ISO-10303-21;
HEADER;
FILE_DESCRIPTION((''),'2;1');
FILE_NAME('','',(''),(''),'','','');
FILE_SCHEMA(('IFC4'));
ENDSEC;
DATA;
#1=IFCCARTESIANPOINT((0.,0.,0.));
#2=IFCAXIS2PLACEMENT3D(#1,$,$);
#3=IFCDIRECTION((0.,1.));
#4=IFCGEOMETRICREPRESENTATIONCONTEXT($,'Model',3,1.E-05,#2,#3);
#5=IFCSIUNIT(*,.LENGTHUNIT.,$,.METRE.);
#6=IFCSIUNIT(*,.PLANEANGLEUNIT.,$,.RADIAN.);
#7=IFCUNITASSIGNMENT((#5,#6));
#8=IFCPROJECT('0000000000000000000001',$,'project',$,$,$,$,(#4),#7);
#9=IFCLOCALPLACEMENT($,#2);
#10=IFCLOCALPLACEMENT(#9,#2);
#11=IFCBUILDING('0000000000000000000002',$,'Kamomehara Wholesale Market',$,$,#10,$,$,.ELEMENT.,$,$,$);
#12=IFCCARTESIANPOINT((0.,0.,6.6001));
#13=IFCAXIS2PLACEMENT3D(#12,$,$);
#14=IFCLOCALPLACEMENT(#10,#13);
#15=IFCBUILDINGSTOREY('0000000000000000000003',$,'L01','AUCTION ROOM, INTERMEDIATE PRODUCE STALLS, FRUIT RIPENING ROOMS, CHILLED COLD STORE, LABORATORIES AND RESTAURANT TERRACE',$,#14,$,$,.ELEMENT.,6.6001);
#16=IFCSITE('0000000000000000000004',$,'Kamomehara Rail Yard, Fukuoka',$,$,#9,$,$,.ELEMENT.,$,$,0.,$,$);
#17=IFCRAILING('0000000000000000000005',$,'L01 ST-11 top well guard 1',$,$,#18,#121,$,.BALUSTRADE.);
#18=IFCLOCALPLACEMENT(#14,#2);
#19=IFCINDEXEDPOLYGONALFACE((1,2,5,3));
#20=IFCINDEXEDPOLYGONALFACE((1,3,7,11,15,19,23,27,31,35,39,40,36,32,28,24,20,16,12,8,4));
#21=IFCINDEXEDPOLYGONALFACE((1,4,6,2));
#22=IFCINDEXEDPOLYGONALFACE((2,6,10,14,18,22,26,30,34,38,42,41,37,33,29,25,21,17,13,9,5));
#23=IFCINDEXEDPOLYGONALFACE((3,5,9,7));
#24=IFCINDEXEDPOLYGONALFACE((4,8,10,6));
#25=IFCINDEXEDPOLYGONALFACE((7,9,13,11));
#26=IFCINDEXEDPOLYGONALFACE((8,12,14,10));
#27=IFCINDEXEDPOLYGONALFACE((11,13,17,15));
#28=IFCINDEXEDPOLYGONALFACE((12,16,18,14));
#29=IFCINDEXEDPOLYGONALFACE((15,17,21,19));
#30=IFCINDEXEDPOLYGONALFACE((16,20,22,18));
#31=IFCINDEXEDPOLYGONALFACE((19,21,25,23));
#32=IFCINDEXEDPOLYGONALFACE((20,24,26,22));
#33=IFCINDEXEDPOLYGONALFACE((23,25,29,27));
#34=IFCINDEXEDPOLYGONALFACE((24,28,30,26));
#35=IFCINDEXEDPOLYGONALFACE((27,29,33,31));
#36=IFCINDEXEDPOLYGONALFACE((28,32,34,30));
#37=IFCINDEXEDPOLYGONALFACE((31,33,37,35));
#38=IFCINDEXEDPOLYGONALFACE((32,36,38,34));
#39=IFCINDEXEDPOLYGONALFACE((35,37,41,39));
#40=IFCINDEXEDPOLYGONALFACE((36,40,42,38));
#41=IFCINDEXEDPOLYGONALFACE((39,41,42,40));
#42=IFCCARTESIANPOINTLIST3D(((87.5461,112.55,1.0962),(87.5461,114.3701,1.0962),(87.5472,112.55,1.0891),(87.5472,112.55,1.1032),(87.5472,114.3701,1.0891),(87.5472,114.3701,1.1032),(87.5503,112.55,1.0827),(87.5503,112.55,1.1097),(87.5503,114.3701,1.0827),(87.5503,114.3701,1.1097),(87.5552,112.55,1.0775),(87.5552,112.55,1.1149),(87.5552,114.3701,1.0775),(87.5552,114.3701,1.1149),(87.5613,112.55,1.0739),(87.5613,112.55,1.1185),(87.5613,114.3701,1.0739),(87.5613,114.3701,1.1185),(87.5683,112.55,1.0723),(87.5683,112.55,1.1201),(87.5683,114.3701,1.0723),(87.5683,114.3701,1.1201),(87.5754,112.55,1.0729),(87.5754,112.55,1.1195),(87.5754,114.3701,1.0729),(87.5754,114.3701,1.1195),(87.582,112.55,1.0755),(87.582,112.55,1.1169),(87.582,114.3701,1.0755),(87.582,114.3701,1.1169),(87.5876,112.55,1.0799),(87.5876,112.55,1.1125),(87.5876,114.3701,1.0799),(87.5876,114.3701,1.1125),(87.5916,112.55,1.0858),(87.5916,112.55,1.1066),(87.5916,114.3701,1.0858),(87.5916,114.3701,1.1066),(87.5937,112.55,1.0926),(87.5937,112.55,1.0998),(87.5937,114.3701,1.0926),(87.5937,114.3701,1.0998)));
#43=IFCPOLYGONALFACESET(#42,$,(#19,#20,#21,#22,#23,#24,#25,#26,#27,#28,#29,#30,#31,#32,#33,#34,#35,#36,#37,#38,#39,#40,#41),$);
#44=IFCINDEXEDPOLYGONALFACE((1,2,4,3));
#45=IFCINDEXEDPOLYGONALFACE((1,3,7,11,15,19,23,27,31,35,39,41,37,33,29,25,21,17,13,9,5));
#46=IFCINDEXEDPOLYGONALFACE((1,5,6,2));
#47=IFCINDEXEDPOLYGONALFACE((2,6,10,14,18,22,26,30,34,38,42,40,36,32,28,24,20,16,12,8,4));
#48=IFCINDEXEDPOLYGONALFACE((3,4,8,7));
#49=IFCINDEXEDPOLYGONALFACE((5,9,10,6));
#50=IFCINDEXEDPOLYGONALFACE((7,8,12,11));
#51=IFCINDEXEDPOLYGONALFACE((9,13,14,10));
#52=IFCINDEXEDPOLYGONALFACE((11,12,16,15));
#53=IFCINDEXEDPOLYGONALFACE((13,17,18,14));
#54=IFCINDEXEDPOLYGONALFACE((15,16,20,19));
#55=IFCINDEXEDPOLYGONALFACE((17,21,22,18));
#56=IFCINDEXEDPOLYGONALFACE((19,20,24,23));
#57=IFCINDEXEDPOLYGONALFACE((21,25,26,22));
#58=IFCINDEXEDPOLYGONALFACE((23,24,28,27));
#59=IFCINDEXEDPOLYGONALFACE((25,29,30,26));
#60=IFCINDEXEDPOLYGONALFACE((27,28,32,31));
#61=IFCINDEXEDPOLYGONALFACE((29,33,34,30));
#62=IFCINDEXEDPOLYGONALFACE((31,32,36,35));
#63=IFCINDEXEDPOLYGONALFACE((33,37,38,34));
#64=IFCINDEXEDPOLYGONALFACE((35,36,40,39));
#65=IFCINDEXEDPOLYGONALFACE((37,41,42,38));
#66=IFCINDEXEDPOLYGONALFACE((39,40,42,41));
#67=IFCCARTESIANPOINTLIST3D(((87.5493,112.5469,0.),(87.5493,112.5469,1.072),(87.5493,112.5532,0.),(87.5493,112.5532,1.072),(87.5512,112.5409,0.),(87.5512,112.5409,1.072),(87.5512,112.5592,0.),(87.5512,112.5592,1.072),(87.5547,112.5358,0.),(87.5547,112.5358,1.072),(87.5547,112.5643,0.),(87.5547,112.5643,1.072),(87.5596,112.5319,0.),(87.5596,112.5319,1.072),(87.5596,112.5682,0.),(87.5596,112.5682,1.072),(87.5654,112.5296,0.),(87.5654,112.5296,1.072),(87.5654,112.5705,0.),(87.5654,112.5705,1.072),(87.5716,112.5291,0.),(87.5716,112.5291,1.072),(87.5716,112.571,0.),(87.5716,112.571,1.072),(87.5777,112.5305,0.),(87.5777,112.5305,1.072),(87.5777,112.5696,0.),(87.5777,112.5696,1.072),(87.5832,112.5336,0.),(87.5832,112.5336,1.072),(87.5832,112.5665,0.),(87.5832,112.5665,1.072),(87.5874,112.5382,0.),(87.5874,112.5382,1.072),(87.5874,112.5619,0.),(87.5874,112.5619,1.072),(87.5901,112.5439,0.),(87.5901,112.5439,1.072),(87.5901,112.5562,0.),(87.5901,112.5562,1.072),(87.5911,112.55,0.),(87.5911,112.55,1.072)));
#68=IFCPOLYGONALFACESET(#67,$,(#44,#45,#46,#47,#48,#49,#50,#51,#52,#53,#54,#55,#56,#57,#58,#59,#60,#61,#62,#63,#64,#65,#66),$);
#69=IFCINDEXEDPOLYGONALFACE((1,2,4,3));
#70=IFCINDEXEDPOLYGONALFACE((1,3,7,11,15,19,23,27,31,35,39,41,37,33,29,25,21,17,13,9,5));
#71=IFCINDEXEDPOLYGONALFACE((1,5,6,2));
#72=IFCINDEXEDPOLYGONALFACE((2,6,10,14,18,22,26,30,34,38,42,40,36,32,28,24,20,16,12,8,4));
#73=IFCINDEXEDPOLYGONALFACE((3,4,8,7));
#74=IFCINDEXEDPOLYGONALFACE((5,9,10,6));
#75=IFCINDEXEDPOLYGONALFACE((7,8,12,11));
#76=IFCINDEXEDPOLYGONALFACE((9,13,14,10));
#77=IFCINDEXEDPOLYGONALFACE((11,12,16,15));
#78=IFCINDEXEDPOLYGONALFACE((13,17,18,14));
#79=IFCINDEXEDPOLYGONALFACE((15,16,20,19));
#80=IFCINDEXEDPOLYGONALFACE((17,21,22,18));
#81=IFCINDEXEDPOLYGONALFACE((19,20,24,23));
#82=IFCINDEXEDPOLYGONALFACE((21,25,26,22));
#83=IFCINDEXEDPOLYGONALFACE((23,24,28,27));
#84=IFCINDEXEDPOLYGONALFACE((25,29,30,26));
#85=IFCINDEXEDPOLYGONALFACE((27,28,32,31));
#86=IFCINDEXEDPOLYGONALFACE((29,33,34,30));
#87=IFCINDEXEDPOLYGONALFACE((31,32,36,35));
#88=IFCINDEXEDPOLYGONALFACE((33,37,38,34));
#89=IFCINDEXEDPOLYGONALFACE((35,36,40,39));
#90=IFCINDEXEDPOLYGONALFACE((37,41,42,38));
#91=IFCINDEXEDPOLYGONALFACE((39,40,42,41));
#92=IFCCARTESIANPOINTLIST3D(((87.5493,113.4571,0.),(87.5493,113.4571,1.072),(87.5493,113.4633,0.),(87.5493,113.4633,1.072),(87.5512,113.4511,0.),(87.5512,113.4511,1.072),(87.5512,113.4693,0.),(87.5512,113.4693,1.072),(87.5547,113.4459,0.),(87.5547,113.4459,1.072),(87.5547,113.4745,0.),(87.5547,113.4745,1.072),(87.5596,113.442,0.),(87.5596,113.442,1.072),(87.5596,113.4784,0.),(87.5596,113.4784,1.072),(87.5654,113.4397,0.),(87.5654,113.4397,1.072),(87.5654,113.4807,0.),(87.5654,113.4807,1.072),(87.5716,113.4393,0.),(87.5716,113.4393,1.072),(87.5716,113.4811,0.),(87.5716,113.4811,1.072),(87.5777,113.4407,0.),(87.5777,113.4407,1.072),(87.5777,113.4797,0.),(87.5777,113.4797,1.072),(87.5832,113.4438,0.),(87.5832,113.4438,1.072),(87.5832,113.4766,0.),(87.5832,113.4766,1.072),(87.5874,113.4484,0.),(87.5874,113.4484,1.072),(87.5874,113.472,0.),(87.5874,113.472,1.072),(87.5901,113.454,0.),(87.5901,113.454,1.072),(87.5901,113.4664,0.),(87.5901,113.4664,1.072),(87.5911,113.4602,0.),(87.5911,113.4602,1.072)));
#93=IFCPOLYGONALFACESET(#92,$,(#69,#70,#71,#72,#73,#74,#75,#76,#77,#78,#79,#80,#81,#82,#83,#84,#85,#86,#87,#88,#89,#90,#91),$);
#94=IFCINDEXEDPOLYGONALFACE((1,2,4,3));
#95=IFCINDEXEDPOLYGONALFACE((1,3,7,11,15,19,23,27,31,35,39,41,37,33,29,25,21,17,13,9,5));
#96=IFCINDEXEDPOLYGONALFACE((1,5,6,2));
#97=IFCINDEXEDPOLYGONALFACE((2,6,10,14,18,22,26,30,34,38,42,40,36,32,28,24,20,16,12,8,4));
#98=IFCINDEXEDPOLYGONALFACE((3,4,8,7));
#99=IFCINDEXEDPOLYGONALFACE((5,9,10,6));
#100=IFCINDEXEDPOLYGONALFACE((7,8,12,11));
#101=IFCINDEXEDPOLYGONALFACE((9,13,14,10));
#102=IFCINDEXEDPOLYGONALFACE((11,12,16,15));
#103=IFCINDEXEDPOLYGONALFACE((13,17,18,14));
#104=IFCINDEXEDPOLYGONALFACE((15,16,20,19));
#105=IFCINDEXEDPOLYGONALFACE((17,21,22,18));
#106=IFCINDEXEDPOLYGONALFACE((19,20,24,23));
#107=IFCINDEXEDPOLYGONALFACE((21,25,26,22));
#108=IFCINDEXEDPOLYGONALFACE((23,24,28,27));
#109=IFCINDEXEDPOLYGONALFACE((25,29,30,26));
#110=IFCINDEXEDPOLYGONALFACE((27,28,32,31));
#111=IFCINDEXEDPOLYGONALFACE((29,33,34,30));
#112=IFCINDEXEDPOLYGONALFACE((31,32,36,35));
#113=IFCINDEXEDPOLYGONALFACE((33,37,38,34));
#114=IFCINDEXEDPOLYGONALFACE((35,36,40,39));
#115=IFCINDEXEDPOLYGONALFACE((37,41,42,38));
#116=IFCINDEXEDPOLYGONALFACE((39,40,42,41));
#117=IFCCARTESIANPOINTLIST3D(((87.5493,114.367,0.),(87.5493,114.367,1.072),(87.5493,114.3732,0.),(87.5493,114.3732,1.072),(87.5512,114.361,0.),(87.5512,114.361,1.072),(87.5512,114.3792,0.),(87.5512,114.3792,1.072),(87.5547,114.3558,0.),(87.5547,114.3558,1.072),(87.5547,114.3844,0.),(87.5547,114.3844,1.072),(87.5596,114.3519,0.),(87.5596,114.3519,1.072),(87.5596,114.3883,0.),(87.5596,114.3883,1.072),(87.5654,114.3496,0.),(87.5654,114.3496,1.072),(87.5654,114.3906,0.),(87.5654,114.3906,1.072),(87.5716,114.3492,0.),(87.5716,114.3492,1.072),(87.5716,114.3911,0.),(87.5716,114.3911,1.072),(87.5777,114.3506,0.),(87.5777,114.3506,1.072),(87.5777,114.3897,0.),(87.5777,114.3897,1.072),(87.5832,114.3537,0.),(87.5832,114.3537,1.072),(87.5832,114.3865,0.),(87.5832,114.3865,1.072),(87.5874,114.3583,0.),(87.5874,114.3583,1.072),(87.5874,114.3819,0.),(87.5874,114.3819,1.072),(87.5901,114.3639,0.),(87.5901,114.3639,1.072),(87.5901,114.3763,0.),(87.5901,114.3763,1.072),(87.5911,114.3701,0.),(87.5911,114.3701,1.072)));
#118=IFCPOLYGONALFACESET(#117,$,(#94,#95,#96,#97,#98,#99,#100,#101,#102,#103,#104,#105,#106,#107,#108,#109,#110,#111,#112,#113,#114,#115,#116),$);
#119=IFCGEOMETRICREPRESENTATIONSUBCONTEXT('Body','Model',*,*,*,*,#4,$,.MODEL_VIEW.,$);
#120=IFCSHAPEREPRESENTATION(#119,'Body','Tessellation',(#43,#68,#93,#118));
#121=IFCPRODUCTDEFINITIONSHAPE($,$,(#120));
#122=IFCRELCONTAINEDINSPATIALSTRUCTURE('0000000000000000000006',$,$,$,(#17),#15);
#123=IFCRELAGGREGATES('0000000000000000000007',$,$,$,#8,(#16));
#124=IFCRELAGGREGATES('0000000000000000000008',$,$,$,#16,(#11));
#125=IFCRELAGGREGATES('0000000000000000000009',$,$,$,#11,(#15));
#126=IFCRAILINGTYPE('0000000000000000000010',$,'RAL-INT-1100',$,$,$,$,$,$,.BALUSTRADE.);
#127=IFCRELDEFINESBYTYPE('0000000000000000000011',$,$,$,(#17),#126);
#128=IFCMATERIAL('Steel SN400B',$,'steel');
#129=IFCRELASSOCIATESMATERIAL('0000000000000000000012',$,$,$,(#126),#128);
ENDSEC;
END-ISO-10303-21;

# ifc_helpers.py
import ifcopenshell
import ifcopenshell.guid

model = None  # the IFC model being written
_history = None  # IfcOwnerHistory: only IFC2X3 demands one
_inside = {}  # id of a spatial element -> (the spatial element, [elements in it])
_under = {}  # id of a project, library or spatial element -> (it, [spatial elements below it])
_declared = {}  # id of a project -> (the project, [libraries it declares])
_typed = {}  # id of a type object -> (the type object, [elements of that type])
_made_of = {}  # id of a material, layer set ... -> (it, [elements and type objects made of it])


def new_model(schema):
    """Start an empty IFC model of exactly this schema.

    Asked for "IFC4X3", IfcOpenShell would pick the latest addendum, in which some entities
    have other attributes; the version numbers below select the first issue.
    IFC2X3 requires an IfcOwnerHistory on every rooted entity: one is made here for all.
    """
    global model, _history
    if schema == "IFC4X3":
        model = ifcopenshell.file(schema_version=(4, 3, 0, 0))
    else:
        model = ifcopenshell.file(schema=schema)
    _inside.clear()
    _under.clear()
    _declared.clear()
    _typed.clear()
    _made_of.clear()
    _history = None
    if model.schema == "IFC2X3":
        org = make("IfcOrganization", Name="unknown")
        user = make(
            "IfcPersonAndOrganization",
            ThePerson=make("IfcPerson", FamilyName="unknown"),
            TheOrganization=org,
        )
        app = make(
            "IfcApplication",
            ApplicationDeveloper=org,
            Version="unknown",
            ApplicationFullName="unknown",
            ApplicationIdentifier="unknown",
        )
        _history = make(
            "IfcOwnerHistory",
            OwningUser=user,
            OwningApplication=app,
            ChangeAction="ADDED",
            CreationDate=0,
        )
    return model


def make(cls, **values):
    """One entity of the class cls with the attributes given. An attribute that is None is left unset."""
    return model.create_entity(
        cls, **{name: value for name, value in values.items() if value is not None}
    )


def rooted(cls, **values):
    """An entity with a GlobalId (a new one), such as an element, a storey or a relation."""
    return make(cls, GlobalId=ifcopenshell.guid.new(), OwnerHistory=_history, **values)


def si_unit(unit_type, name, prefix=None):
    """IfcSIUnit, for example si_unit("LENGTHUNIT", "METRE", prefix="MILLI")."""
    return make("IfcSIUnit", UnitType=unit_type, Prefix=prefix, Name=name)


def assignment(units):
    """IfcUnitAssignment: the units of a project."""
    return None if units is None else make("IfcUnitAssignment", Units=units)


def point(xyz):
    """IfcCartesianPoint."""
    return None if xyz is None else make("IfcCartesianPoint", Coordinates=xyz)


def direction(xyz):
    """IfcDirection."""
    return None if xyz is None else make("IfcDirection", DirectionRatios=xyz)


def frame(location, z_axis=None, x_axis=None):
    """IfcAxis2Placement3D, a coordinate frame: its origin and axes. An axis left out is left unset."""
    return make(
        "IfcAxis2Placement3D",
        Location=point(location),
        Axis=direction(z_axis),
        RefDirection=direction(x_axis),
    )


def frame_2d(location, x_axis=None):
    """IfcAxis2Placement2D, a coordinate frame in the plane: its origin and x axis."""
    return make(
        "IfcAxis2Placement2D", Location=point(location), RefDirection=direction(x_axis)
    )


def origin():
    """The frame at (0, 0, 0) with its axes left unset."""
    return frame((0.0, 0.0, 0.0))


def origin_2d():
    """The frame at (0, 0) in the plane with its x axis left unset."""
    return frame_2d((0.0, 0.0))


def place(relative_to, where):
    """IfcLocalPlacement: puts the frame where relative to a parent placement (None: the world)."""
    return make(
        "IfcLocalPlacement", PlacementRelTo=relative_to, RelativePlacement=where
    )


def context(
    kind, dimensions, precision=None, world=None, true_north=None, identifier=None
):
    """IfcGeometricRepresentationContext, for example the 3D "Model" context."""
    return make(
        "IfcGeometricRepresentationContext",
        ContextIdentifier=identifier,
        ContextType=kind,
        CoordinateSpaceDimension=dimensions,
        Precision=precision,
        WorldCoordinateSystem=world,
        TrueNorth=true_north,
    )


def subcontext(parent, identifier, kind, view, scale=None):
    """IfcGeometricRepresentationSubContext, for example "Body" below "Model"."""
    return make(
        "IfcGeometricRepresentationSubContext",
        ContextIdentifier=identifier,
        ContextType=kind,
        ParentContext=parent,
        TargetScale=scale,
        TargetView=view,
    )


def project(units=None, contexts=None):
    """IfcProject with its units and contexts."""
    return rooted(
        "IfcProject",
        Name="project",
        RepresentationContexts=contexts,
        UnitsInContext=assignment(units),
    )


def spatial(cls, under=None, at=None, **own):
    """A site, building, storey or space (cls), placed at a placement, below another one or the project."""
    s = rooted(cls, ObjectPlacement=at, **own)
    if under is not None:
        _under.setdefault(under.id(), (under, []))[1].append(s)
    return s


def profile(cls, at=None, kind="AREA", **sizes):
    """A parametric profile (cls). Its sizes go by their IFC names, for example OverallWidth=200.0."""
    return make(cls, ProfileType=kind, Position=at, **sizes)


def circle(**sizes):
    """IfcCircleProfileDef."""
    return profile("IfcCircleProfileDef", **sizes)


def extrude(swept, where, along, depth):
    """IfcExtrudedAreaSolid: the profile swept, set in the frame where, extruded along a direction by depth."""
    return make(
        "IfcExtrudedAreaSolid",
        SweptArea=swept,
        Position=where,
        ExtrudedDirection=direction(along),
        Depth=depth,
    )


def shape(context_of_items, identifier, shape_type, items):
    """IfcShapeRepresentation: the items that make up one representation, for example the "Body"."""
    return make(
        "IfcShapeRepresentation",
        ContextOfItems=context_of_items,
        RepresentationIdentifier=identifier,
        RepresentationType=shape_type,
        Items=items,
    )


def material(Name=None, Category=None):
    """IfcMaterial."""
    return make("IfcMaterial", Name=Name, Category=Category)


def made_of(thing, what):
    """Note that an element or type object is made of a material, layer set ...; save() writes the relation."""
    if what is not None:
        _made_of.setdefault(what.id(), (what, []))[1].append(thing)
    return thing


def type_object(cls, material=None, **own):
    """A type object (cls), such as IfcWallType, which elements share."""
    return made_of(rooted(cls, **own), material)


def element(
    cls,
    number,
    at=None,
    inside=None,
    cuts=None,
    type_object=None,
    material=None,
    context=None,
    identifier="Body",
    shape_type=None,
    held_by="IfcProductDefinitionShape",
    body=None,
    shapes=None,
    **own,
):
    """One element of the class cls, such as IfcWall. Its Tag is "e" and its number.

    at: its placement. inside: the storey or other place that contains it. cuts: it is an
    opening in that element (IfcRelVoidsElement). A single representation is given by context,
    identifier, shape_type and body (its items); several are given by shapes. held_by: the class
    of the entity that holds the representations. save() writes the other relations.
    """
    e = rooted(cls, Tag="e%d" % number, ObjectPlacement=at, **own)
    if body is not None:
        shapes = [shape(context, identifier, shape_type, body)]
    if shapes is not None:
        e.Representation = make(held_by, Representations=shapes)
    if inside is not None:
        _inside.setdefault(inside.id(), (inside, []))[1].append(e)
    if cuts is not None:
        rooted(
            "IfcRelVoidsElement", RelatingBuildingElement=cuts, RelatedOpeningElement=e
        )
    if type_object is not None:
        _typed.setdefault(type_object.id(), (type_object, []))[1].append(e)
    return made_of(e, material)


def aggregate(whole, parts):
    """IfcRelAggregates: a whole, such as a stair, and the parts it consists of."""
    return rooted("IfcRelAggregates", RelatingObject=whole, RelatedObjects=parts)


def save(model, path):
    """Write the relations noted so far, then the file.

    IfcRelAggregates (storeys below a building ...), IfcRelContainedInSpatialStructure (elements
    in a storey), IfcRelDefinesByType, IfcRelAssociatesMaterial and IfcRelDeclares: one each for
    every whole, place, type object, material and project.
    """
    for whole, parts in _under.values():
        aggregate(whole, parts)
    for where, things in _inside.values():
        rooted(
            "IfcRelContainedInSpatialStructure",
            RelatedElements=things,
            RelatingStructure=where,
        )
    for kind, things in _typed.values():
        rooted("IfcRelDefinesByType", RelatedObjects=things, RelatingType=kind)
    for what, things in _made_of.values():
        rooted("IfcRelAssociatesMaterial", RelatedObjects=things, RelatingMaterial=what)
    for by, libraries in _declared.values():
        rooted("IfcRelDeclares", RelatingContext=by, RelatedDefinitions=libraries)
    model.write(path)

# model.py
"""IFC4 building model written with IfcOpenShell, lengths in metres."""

from ifc_helpers import new_model, si_unit, direction, frame, origin, origin_2d, place, context, subcontext, project, spatial, circle, extrude, material, type_object, element, save


model = new_model("IFC4")

# Units and contexts
model_context = context("Model", 3, precision=1e-05, world=origin(), true_north=direction((0.0, 1.0)))
body_context = subcontext(model_context, "Body", "Model", "MODEL_VIEW")
ifc_project = project(units=[si_unit("LENGTHUNIT", "METRE"), si_unit("PLANEANGLEUNIT", "RADIAN")], contexts=[model_context])

# Site, building, storey
site_placement = place(None, origin())
site = spatial("IfcSite", under=ifc_project, at=site_placement, Name="Kamomehara Rail Yard, Fukuoka", CompositionType="ELEMENT", RefElevation=0.0)
building_placement = place(site_placement, origin())
building = spatial("IfcBuilding", under=site, at=building_placement, Name="Kamomehara Wholesale Market", CompositionType="ELEMENT")
storey_placement = place(building_placement, frame((0.0, 0.0, 6.6001)))
storey = spatial("IfcBuildingStorey", under=building, at=storey_placement, Name="L01", Description="AUCTION ROOM, INTERMEDIATE PRODUCE STALLS, FRUIT RIPENING ROOMS, CHILLED COLD STORE, LABORATORIES AND RESTAURANT TERRACE", CompositionType="ELEMENT", Elevation=6.6001)

# Railing
ifc_material_1 = material(Name="Steel SN400B", Category="steel")
railing_type = type_object("IfcRailingType", Name="RAL-INT-1100", PredefinedType="BALUSTRADE", material=ifc_material_1)
railing_1_placement = place(storey_placement, frame((87.5701, 112.55, 0.0)))
element("IfcRailing", 1, at=railing_1_placement, inside=storey, type_object=railing_type, Name="L01 ST-11 top well guard 1", PredefinedType="BALUSTRADE", context=body_context, shape_type="SweptSolid", body=[
    extrude(circle(Radius=0.0239, at=origin_2d()), frame((0.0, 0.0, 1.0962), z_axis=(0.0, 1.0, 0.0), x_axis=(-1.0, 0.0, 0.0)), (0.0, 0.0, 1.0), 1.8201),
    extrude(circle(Radius=0.021, at=origin_2d()), origin(), (0.0, 0.0, 1.0), 1.072),
    extrude(circle(Radius=0.021, at=origin_2d()), frame((0.0, 0.9102, 0.0)), (0.0, 0.0, 1.0), 1.072),
    extrude(circle(Radius=0.021, at=origin_2d()), frame((0.0, 1.8201, 0.0)), (0.0, 0.0, 1.0), 1.072),
])

save(model, "model.ifc")
